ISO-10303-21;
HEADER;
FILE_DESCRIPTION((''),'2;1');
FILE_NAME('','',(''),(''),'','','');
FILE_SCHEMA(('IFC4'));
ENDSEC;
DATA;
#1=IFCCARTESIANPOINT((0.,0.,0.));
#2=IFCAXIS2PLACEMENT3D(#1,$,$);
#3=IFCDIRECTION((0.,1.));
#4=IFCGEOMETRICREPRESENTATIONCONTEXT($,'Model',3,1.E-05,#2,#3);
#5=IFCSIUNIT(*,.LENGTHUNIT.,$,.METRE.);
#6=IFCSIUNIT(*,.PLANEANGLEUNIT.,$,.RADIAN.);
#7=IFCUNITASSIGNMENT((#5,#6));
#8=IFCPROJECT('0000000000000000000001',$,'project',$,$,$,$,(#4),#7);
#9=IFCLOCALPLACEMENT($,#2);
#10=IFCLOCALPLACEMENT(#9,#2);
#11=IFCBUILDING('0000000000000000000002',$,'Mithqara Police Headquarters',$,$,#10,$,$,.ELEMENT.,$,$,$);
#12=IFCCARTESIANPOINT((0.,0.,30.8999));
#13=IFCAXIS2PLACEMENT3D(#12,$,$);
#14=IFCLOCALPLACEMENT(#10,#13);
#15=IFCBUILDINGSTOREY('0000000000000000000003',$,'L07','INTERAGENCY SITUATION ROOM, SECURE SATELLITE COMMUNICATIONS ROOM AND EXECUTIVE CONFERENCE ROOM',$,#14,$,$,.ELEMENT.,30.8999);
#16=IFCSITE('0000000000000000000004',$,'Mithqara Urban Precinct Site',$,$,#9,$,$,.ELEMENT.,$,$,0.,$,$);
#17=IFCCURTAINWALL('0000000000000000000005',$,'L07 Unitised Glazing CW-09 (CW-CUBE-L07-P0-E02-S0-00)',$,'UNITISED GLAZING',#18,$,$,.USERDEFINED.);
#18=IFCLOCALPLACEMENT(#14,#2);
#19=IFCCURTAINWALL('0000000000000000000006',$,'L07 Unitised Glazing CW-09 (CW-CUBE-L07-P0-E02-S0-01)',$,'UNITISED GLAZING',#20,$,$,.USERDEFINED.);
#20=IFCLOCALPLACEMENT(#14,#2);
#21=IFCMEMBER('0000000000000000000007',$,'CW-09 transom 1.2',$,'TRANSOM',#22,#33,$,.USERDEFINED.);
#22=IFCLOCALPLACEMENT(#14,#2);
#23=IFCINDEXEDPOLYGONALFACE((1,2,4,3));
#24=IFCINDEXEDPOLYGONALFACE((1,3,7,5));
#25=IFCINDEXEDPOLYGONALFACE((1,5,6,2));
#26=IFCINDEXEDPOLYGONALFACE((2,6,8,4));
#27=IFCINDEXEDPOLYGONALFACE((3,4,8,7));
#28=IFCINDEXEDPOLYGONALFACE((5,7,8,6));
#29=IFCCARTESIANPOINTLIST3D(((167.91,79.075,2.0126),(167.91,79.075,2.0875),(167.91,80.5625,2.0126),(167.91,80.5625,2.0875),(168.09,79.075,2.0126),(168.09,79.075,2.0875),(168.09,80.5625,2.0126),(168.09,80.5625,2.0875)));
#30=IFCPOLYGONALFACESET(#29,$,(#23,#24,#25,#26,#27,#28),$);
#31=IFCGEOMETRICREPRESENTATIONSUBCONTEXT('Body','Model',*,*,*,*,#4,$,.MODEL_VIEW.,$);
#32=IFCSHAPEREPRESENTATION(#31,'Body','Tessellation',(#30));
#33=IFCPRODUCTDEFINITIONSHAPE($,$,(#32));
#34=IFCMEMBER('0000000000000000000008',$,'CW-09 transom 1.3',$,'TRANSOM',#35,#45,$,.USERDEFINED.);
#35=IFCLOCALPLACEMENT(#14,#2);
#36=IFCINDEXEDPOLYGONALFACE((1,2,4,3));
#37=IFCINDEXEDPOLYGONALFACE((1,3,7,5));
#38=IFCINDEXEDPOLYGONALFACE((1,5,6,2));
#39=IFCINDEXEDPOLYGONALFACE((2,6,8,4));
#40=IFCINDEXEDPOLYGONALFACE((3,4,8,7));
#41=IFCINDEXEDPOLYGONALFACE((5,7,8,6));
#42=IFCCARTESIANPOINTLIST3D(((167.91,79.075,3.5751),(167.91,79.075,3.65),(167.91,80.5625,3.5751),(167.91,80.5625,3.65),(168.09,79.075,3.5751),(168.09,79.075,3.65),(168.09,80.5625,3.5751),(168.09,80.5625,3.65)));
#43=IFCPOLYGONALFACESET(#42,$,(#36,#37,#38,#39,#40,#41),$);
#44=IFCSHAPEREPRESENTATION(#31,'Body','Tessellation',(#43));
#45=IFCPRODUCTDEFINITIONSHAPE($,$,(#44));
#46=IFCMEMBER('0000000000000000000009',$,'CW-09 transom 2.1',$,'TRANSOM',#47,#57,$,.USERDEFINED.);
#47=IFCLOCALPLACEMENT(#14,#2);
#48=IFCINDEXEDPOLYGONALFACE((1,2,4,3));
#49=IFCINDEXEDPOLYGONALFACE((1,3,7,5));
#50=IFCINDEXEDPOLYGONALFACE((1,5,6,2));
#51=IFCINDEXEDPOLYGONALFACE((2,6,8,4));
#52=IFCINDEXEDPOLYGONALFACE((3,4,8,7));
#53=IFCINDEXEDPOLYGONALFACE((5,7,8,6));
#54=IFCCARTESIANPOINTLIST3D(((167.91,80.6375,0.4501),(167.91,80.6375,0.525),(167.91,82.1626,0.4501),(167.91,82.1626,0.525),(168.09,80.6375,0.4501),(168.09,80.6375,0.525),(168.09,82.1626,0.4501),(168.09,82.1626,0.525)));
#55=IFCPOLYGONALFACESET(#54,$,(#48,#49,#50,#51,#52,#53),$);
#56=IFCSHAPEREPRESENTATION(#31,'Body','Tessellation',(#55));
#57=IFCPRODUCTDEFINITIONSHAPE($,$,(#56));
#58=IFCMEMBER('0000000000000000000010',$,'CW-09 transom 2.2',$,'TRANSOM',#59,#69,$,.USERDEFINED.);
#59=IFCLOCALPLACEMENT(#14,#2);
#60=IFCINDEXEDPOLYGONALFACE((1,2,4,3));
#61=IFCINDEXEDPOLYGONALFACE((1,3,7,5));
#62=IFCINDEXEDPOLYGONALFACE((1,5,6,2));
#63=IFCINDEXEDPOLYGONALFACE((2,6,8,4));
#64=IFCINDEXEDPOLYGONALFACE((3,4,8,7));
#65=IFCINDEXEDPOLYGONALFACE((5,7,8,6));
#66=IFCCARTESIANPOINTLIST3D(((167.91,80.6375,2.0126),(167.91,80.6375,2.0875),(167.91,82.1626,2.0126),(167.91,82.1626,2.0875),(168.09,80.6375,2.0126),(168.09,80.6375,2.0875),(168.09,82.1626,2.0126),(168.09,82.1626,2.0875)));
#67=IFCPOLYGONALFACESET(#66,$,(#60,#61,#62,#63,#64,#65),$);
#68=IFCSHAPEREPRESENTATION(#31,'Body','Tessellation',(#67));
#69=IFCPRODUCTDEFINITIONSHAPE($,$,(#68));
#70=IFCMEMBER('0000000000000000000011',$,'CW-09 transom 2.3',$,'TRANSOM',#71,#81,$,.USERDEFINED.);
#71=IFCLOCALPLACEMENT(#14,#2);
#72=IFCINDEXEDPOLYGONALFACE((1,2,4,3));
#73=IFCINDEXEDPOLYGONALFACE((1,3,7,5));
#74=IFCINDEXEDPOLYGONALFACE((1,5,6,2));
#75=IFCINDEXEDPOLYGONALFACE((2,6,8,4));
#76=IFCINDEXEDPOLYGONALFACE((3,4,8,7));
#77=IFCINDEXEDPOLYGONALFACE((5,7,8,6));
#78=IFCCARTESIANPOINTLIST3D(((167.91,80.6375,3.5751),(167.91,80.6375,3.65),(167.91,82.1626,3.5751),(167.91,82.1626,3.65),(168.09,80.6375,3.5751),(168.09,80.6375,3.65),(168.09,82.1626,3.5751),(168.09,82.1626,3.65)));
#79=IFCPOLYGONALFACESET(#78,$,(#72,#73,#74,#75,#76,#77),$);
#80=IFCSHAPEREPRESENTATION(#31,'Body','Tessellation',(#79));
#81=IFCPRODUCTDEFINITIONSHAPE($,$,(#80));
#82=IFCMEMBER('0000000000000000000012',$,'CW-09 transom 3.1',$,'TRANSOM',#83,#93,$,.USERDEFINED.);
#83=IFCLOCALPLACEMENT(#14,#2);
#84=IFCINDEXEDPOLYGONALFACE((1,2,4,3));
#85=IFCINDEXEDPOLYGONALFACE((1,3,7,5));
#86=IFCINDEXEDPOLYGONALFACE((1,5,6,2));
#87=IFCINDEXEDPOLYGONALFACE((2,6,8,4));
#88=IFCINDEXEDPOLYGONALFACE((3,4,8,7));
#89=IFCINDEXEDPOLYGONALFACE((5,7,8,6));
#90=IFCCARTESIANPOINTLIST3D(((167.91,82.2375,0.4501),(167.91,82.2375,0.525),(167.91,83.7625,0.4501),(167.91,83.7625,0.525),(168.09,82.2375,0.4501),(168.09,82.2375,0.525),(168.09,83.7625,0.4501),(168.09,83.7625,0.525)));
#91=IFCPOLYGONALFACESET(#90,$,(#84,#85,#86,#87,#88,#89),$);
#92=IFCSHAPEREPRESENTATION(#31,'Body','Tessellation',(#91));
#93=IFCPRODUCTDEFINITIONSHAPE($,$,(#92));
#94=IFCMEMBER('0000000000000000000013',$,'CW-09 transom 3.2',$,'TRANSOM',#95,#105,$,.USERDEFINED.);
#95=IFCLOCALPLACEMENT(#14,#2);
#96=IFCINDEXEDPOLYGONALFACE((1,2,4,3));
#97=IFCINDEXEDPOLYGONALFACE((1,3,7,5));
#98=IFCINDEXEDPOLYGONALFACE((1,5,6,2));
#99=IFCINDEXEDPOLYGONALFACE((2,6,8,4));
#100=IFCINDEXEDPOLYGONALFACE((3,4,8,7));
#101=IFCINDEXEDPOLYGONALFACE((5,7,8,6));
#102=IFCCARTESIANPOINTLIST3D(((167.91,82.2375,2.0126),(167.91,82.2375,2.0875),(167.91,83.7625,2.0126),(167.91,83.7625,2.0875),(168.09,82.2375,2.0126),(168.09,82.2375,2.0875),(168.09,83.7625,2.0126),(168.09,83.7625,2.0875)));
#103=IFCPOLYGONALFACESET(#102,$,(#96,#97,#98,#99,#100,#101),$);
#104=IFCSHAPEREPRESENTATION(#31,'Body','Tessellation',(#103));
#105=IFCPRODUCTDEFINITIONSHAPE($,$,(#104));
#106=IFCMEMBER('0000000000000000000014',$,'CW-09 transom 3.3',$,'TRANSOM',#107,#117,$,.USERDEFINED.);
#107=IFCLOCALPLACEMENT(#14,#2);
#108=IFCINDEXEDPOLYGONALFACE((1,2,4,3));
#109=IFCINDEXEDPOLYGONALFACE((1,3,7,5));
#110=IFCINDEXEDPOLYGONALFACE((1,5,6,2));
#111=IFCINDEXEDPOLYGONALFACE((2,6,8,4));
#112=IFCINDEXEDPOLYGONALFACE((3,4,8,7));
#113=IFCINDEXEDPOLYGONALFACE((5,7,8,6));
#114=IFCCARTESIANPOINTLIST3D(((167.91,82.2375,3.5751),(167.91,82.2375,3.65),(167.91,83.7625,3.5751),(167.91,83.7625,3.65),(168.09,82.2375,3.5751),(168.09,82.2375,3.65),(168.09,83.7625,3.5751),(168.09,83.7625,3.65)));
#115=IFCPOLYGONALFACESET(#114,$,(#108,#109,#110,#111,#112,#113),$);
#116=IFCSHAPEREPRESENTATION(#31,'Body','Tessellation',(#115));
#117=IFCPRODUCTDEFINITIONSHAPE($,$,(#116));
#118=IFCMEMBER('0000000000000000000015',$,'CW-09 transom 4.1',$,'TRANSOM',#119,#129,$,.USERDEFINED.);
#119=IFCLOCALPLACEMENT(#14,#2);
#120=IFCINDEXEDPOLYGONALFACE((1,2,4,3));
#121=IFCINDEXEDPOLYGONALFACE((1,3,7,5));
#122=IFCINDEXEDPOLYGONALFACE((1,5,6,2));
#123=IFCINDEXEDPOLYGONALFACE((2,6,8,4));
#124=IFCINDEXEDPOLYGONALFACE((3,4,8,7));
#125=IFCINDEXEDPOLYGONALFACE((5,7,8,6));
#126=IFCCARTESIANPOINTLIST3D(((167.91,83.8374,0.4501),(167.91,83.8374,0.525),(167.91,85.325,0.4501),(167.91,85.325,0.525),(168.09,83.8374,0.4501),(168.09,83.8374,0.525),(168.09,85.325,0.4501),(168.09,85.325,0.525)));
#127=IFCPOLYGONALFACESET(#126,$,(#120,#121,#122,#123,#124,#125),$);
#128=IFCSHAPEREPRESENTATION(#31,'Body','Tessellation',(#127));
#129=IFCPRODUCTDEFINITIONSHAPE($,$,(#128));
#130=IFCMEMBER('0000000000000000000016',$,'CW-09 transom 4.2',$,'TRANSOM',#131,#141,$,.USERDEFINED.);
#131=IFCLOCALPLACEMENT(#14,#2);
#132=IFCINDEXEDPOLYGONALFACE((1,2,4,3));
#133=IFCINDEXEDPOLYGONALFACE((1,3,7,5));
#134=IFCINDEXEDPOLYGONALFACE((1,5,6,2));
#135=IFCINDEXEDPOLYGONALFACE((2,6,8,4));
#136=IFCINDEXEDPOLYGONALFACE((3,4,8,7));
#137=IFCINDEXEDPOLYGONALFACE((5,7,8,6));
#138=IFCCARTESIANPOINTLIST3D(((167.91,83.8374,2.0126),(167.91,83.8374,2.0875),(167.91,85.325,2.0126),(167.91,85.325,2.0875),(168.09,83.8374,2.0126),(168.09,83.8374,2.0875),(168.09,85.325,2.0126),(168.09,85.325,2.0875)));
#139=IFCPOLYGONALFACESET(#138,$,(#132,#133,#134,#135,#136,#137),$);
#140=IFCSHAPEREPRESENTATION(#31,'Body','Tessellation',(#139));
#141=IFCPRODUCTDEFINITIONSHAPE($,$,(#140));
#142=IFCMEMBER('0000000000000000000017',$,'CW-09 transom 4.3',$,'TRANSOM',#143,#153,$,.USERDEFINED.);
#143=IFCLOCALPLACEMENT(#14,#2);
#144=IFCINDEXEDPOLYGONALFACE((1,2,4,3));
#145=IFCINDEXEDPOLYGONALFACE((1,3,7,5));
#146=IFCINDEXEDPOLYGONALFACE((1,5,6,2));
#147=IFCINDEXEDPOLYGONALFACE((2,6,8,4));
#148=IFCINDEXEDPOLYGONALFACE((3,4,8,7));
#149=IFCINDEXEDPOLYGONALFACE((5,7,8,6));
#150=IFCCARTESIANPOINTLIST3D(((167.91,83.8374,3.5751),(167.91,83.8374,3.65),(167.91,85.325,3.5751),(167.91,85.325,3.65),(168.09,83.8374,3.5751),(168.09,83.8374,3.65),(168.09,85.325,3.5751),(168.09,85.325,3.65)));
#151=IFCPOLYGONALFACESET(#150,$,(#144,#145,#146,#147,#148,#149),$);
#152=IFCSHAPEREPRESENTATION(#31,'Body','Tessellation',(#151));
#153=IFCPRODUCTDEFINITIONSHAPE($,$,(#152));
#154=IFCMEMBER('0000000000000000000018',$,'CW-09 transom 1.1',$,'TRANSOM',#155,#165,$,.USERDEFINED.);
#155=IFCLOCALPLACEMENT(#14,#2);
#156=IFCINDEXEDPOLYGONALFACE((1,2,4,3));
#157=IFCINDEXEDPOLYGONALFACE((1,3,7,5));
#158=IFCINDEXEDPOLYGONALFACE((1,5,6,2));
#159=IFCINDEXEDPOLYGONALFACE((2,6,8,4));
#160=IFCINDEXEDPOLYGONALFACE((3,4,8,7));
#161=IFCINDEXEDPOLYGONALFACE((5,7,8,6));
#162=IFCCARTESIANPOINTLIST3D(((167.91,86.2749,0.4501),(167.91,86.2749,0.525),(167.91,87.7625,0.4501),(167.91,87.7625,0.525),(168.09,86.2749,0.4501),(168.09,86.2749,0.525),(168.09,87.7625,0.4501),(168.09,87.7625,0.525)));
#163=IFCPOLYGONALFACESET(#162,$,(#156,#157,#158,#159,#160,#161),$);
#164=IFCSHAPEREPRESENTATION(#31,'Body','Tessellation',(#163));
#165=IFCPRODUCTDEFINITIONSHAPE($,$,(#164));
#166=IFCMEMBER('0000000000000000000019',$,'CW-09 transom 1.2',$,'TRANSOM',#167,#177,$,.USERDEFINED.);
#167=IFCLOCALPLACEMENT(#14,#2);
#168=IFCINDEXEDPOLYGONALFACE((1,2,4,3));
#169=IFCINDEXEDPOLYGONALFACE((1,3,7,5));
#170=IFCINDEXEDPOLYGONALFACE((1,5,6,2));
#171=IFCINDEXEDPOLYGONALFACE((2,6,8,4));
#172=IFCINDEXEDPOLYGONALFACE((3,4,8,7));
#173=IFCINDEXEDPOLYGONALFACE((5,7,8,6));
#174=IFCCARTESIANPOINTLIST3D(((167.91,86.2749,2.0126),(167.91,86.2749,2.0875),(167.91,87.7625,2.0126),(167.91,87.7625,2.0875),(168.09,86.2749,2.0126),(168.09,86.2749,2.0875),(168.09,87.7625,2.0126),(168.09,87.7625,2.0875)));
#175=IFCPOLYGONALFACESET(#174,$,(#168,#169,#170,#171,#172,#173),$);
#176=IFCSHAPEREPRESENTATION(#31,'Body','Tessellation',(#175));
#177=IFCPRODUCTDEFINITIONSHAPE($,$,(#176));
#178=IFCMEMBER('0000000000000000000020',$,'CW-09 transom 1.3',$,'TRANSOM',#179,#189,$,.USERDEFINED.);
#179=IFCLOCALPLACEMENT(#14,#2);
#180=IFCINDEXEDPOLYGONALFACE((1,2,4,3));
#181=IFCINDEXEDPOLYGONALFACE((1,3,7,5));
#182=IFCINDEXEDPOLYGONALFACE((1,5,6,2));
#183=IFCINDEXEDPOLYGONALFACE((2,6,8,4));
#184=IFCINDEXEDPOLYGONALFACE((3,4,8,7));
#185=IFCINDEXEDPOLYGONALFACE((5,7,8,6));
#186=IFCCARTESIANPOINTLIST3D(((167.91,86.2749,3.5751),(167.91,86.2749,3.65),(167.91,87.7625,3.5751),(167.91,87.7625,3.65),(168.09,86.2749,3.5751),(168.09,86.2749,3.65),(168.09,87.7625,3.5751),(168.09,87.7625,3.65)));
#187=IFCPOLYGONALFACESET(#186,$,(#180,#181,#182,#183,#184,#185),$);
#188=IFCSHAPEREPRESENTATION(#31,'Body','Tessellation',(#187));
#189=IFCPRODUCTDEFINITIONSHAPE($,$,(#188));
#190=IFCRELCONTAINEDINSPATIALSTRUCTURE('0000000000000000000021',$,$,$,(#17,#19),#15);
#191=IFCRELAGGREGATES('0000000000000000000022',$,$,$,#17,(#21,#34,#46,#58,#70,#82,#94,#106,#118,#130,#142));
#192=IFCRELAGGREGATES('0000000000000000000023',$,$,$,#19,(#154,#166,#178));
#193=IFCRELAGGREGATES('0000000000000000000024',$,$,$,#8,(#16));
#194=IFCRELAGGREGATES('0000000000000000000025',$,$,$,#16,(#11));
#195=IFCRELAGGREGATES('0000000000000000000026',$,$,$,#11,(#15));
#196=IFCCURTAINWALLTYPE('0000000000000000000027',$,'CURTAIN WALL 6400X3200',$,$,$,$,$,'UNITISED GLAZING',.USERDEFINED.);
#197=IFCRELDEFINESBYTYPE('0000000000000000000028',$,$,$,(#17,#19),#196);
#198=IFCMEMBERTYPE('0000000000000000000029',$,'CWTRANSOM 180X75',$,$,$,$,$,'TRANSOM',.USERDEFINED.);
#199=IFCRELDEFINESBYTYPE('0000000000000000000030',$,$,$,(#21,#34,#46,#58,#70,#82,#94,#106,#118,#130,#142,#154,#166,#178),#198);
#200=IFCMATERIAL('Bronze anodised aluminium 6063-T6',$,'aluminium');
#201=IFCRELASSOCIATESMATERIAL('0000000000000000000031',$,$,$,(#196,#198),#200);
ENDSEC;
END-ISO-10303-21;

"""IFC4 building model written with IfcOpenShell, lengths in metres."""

from ifc_helpers import new_model, si_unit, direction, frame, origin, origin_2d, place, context, subcontext, project, spatial, rectangle, extrude, material, material_profile, profile_set, type_object, element, aggregate, save


model = new_model("IFC4")

# Units and contexts
model_context = context("Model", 3, precision=1e-05, world=origin(), true_north=direction((0.0, 1.0)))
body_context = subcontext(model_context, "Body", "Model", "MODEL_VIEW")
ifc_project = project(units=[si_unit("LENGTHUNIT", "METRE"), si_unit("PLANEANGLEUNIT", "RADIAN")], contexts=[model_context])

# Site, building, storey
site_placement = place(None, origin())
site = spatial("IfcSite", under=ifc_project, at=site_placement, Name="Mithqara Urban Precinct Site", CompositionType="ELEMENT", RefElevation=0.0)
building_placement = place(site_placement, origin())
building = spatial("IfcBuilding", under=site, at=building_placement, Name="Mithqara Police Headquarters", CompositionType="ELEMENT")
storey_placement = place(building_placement, frame((0.0, 0.0, 30.8999)))
storey = spatial("IfcBuildingStorey", under=building, at=storey_placement, Name="L07", Description="INTERAGENCY SITUATION ROOM, SECURE SATELLITE COMMUNICATIONS ROOM AND EXECUTIVE CONFERENCE ROOM", CompositionType="ELEMENT", Elevation=30.8999)

# Curtain wall
ifc_material_1 = material(Name="Bronze anodised aluminium 6063-T6", Category="aluminium")
curtain_wall_type = type_object("IfcCurtainWallType", Name="CURTAIN WALL 6400X3200", ElementType="UNITISED GLAZING", PredefinedType="USERDEFINED", material=ifc_material_1)
curtain_wall_1_placement = place(storey_placement, origin())
curtain_wall_1 = element("IfcCurtainWall", 1, at=curtain_wall_1_placement, inside=storey, type_object=curtain_wall_type, Name="L07 Unitised Glazing CW-09 (CW-CUBE-L07-P0-E02-S0-00)", ObjectType="UNITISED GLAZING", PredefinedType="USERDEFINED")

# Curtain wall
curtain_wall_2_placement = place(storey_placement, origin())
curtain_wall_2 = element("IfcCurtainWall", 2, at=curtain_wall_2_placement, inside=storey, type_object=curtain_wall_type, Name="L07 Unitised Glazing CW-09 (CW-CUBE-L07-P0-E02-S0-01)", ObjectType="UNITISED GLAZING", PredefinedType="USERDEFINED")

# Members
ifc_material_profile_1 = material_profile(ifc_material_1, rectangle(XDim=0.1799, YDim=0.075, at=origin_2d()), Name="CWT 180x75")
ifc_profile_set_1 = profile_set([ifc_material_profile_1], Name="Bronze anodised aluminium 6063-T6")
member_type_1 = type_object("IfcMemberType", Name="CWTRANSOM 180X75", ElementType="TRANSOM", PredefinedType="USERDEFINED", material=ifc_profile_set_1)
member_1_placement = place(storey_placement, frame((168.0, 79.075, 2.05), z_axis=(0.0, 1.0, 0.0), x_axis=(-1.0, 0.0, 0.0)))
member_1 = element("IfcMember", 3, at=member_1_placement, type_object=member_type_1, Name="CW-09 transom 1.2", ObjectType="TRANSOM", PredefinedType="USERDEFINED", context=body_context, shape_type="SweptSolid", body=[
    extrude(rectangle(XDim=0.1799, YDim=0.075, at=origin_2d()), origin(), (0.0, 0.0, 1.0), 1.4875),
])
member_2_placement = place(storey_placement, frame((168.0, 79.075, 3.6125), z_axis=(0.0, 1.0, 0.0), x_axis=(-1.0, 0.0, 0.0)))
member_2 = element("IfcMember", 4, at=member_2_placement, type_object=member_type_1, Name="CW-09 transom 1.3", ObjectType="TRANSOM", PredefinedType="USERDEFINED", context=body_context, shape_type="SweptSolid", body=[
    extrude(rectangle(XDim=0.1799, YDim=0.075, at=origin_2d()), origin(), (0.0, 0.0, 1.0), 1.4875),
])
member_3_placement = place(storey_placement, frame((168.0, 80.6375, 0.4875), z_axis=(0.0, 1.0, 0.0), x_axis=(-1.0, 0.0, 0.0)))
member_3 = element("IfcMember", 5, at=member_3_placement, type_object=member_type_1, Name="CW-09 transom 2.1", ObjectType="TRANSOM", PredefinedType="USERDEFINED", context=body_context, shape_type="SweptSolid", body=[
    extrude(rectangle(XDim=0.1799, YDim=0.075, at=origin_2d()), origin(), (0.0, 0.0, 1.0), 1.5251),
])
member_4_placement = place(storey_placement, frame((168.0, 80.6375, 2.05), z_axis=(0.0, 1.0, 0.0), x_axis=(-1.0, 0.0, 0.0)))
member_4 = element("IfcMember", 6, at=member_4_placement, type_object=member_type_1, Name="CW-09 transom 2.2", ObjectType="TRANSOM", PredefinedType="USERDEFINED", context=body_context, shape_type="SweptSolid", body=[
    extrude(rectangle(XDim=0.1799, YDim=0.075, at=origin_2d()), origin(), (0.0, 0.0, 1.0), 1.5251),
])
member_5_placement = place(storey_placement, frame((168.0, 80.6375, 3.6125), z_axis=(0.0, 1.0, 0.0), x_axis=(-1.0, 0.0, 0.0)))
member_5 = element("IfcMember", 7, at=member_5_placement, type_object=member_type_1, Name="CW-09 transom 2.3", ObjectType="TRANSOM", PredefinedType="USERDEFINED", context=body_context, shape_type="SweptSolid", body=[
    extrude(rectangle(XDim=0.1799, YDim=0.075, at=origin_2d()), origin(), (0.0, 0.0, 1.0), 1.5251),
])
member_6_placement = place(storey_placement, frame((168.0, 82.2375, 0.4875), z_axis=(0.0, 1.0, 0.0), x_axis=(-1.0, 0.0, 0.0)))
member_6 = element("IfcMember", 8, at=member_6_placement, type_object=member_type_1, Name="CW-09 transom 3.1", ObjectType="TRANSOM", PredefinedType="USERDEFINED", context=body_context, shape_type="SweptSolid", body=[
    extrude(rectangle(XDim=0.1799, YDim=0.075, at=origin_2d()), origin(), (0.0, 0.0, 1.0), 1.5249),
])
member_7_placement = place(storey_placement, frame((168.0, 82.2375, 2.05), z_axis=(0.0, 1.0, 0.0), x_axis=(-1.0, 0.0, 0.0)))
member_7 = element("IfcMember", 9, at=member_7_placement, type_object=member_type_1, Name="CW-09 transom 3.2", ObjectType="TRANSOM", PredefinedType="USERDEFINED", context=body_context, shape_type="SweptSolid", body=[
    extrude(rectangle(XDim=0.1799, YDim=0.075, at=origin_2d()), origin(), (0.0, 0.0, 1.0), 1.5249),
])
member_8_placement = place(storey_placement, frame((168.0, 82.2375, 3.6125), z_axis=(0.0, 1.0, 0.0), x_axis=(-1.0, 0.0, 0.0)))
member_8 = element("IfcMember", 10, at=member_8_placement, type_object=member_type_1, Name="CW-09 transom 3.3", ObjectType="TRANSOM", PredefinedType="USERDEFINED", context=body_context, shape_type="SweptSolid", body=[
    extrude(rectangle(XDim=0.1799, YDim=0.075, at=origin_2d()), origin(), (0.0, 0.0, 1.0), 1.5249),
])
member_9_placement = place(storey_placement, frame((168.0, 83.8374, 0.4875), z_axis=(0.0, 1.0, 0.0), x_axis=(-1.0, 0.0, 0.0)))
member_9 = element("IfcMember", 11, at=member_9_placement, type_object=member_type_1, Name="CW-09 transom 4.1", ObjectType="TRANSOM", PredefinedType="USERDEFINED", context=body_context, shape_type="SweptSolid", body=[
    extrude(rectangle(XDim=0.1799, YDim=0.075, at=origin_2d()), origin(), (0.0, 0.0, 1.0), 1.4875),
])
member_10_placement = place(storey_placement, frame((168.0, 83.8374, 2.05), z_axis=(0.0, 1.0, 0.0), x_axis=(-1.0, 0.0, 0.0)))
member_10 = element("IfcMember", 12, at=member_10_placement, type_object=member_type_1, Name="CW-09 transom 4.2", ObjectType="TRANSOM", PredefinedType="USERDEFINED", context=body_context, shape_type="SweptSolid", body=[
    extrude(rectangle(XDim=0.1799, YDim=0.075, at=origin_2d()), origin(), (0.0, 0.0, 1.0), 1.4875),
])
member_11_placement = place(storey_placement, frame((168.0, 83.8374, 3.6125), z_axis=(0.0, 1.0, 0.0), x_axis=(-1.0, 0.0, 0.0)))
member_11 = element("IfcMember", 13, at=member_11_placement, type_object=member_type_1, Name="CW-09 transom 4.3", ObjectType="TRANSOM", PredefinedType="USERDEFINED", context=body_context, shape_type="SweptSolid", body=[
    extrude(rectangle(XDim=0.1799, YDim=0.075, at=origin_2d()), origin(), (0.0, 0.0, 1.0), 1.4875),
])
member_12_placement = place(storey_placement, frame((168.0, 86.2749, 0.4875), z_axis=(0.0, 1.0, 0.0), x_axis=(-1.0, 0.0, 0.0)))
member_12 = element("IfcMember", 14, at=member_12_placement, type_object=member_type_1, Name="CW-09 transom 1.1", ObjectType="TRANSOM", PredefinedType="USERDEFINED", context=body_context, shape_type="SweptSolid", body=[
    extrude(rectangle(XDim=0.1799, YDim=0.075, at=origin_2d()), origin(), (0.0, 0.0, 1.0), 1.4875),
])
member_13_placement = place(storey_placement, frame((168.0, 86.2749, 2.05), z_axis=(0.0, 1.0, 0.0), x_axis=(-1.0, 0.0, 0.0)))
member_13 = element("IfcMember", 15, at=member_13_placement, type_object=member_type_1, Name="CW-09 transom 1.2", ObjectType="TRANSOM", PredefinedType="USERDEFINED", context=body_context, shape_type="SweptSolid", body=[
    extrude(rectangle(XDim=0.1799, YDim=0.075, at=origin_2d()), origin(), (0.0, 0.0, 1.0), 1.4875),
])
member_14_placement = place(storey_placement, frame((168.0, 86.2749, 3.6125), z_axis=(0.0, 1.0, 0.0), x_axis=(-1.0, 0.0, 0.0)))
member_14 = element("IfcMember", 16, at=member_14_placement, type_object=member_type_1, Name="CW-09 transom 1.3", ObjectType="TRANSOM", PredefinedType="USERDEFINED", context=body_context, shape_type="SweptSolid", body=[
    extrude(rectangle(XDim=0.1799, YDim=0.075, at=origin_2d()), origin(), (0.0, 0.0, 1.0), 1.4875),
])

aggregate(curtain_wall_1, [member_1, member_2, member_3, member_4, member_5, member_6, member_7, member_8, member_9, member_10, member_11])
aggregate(curtain_wall_2, [member_12, member_13, member_14])

save(model, "model.ifc")
